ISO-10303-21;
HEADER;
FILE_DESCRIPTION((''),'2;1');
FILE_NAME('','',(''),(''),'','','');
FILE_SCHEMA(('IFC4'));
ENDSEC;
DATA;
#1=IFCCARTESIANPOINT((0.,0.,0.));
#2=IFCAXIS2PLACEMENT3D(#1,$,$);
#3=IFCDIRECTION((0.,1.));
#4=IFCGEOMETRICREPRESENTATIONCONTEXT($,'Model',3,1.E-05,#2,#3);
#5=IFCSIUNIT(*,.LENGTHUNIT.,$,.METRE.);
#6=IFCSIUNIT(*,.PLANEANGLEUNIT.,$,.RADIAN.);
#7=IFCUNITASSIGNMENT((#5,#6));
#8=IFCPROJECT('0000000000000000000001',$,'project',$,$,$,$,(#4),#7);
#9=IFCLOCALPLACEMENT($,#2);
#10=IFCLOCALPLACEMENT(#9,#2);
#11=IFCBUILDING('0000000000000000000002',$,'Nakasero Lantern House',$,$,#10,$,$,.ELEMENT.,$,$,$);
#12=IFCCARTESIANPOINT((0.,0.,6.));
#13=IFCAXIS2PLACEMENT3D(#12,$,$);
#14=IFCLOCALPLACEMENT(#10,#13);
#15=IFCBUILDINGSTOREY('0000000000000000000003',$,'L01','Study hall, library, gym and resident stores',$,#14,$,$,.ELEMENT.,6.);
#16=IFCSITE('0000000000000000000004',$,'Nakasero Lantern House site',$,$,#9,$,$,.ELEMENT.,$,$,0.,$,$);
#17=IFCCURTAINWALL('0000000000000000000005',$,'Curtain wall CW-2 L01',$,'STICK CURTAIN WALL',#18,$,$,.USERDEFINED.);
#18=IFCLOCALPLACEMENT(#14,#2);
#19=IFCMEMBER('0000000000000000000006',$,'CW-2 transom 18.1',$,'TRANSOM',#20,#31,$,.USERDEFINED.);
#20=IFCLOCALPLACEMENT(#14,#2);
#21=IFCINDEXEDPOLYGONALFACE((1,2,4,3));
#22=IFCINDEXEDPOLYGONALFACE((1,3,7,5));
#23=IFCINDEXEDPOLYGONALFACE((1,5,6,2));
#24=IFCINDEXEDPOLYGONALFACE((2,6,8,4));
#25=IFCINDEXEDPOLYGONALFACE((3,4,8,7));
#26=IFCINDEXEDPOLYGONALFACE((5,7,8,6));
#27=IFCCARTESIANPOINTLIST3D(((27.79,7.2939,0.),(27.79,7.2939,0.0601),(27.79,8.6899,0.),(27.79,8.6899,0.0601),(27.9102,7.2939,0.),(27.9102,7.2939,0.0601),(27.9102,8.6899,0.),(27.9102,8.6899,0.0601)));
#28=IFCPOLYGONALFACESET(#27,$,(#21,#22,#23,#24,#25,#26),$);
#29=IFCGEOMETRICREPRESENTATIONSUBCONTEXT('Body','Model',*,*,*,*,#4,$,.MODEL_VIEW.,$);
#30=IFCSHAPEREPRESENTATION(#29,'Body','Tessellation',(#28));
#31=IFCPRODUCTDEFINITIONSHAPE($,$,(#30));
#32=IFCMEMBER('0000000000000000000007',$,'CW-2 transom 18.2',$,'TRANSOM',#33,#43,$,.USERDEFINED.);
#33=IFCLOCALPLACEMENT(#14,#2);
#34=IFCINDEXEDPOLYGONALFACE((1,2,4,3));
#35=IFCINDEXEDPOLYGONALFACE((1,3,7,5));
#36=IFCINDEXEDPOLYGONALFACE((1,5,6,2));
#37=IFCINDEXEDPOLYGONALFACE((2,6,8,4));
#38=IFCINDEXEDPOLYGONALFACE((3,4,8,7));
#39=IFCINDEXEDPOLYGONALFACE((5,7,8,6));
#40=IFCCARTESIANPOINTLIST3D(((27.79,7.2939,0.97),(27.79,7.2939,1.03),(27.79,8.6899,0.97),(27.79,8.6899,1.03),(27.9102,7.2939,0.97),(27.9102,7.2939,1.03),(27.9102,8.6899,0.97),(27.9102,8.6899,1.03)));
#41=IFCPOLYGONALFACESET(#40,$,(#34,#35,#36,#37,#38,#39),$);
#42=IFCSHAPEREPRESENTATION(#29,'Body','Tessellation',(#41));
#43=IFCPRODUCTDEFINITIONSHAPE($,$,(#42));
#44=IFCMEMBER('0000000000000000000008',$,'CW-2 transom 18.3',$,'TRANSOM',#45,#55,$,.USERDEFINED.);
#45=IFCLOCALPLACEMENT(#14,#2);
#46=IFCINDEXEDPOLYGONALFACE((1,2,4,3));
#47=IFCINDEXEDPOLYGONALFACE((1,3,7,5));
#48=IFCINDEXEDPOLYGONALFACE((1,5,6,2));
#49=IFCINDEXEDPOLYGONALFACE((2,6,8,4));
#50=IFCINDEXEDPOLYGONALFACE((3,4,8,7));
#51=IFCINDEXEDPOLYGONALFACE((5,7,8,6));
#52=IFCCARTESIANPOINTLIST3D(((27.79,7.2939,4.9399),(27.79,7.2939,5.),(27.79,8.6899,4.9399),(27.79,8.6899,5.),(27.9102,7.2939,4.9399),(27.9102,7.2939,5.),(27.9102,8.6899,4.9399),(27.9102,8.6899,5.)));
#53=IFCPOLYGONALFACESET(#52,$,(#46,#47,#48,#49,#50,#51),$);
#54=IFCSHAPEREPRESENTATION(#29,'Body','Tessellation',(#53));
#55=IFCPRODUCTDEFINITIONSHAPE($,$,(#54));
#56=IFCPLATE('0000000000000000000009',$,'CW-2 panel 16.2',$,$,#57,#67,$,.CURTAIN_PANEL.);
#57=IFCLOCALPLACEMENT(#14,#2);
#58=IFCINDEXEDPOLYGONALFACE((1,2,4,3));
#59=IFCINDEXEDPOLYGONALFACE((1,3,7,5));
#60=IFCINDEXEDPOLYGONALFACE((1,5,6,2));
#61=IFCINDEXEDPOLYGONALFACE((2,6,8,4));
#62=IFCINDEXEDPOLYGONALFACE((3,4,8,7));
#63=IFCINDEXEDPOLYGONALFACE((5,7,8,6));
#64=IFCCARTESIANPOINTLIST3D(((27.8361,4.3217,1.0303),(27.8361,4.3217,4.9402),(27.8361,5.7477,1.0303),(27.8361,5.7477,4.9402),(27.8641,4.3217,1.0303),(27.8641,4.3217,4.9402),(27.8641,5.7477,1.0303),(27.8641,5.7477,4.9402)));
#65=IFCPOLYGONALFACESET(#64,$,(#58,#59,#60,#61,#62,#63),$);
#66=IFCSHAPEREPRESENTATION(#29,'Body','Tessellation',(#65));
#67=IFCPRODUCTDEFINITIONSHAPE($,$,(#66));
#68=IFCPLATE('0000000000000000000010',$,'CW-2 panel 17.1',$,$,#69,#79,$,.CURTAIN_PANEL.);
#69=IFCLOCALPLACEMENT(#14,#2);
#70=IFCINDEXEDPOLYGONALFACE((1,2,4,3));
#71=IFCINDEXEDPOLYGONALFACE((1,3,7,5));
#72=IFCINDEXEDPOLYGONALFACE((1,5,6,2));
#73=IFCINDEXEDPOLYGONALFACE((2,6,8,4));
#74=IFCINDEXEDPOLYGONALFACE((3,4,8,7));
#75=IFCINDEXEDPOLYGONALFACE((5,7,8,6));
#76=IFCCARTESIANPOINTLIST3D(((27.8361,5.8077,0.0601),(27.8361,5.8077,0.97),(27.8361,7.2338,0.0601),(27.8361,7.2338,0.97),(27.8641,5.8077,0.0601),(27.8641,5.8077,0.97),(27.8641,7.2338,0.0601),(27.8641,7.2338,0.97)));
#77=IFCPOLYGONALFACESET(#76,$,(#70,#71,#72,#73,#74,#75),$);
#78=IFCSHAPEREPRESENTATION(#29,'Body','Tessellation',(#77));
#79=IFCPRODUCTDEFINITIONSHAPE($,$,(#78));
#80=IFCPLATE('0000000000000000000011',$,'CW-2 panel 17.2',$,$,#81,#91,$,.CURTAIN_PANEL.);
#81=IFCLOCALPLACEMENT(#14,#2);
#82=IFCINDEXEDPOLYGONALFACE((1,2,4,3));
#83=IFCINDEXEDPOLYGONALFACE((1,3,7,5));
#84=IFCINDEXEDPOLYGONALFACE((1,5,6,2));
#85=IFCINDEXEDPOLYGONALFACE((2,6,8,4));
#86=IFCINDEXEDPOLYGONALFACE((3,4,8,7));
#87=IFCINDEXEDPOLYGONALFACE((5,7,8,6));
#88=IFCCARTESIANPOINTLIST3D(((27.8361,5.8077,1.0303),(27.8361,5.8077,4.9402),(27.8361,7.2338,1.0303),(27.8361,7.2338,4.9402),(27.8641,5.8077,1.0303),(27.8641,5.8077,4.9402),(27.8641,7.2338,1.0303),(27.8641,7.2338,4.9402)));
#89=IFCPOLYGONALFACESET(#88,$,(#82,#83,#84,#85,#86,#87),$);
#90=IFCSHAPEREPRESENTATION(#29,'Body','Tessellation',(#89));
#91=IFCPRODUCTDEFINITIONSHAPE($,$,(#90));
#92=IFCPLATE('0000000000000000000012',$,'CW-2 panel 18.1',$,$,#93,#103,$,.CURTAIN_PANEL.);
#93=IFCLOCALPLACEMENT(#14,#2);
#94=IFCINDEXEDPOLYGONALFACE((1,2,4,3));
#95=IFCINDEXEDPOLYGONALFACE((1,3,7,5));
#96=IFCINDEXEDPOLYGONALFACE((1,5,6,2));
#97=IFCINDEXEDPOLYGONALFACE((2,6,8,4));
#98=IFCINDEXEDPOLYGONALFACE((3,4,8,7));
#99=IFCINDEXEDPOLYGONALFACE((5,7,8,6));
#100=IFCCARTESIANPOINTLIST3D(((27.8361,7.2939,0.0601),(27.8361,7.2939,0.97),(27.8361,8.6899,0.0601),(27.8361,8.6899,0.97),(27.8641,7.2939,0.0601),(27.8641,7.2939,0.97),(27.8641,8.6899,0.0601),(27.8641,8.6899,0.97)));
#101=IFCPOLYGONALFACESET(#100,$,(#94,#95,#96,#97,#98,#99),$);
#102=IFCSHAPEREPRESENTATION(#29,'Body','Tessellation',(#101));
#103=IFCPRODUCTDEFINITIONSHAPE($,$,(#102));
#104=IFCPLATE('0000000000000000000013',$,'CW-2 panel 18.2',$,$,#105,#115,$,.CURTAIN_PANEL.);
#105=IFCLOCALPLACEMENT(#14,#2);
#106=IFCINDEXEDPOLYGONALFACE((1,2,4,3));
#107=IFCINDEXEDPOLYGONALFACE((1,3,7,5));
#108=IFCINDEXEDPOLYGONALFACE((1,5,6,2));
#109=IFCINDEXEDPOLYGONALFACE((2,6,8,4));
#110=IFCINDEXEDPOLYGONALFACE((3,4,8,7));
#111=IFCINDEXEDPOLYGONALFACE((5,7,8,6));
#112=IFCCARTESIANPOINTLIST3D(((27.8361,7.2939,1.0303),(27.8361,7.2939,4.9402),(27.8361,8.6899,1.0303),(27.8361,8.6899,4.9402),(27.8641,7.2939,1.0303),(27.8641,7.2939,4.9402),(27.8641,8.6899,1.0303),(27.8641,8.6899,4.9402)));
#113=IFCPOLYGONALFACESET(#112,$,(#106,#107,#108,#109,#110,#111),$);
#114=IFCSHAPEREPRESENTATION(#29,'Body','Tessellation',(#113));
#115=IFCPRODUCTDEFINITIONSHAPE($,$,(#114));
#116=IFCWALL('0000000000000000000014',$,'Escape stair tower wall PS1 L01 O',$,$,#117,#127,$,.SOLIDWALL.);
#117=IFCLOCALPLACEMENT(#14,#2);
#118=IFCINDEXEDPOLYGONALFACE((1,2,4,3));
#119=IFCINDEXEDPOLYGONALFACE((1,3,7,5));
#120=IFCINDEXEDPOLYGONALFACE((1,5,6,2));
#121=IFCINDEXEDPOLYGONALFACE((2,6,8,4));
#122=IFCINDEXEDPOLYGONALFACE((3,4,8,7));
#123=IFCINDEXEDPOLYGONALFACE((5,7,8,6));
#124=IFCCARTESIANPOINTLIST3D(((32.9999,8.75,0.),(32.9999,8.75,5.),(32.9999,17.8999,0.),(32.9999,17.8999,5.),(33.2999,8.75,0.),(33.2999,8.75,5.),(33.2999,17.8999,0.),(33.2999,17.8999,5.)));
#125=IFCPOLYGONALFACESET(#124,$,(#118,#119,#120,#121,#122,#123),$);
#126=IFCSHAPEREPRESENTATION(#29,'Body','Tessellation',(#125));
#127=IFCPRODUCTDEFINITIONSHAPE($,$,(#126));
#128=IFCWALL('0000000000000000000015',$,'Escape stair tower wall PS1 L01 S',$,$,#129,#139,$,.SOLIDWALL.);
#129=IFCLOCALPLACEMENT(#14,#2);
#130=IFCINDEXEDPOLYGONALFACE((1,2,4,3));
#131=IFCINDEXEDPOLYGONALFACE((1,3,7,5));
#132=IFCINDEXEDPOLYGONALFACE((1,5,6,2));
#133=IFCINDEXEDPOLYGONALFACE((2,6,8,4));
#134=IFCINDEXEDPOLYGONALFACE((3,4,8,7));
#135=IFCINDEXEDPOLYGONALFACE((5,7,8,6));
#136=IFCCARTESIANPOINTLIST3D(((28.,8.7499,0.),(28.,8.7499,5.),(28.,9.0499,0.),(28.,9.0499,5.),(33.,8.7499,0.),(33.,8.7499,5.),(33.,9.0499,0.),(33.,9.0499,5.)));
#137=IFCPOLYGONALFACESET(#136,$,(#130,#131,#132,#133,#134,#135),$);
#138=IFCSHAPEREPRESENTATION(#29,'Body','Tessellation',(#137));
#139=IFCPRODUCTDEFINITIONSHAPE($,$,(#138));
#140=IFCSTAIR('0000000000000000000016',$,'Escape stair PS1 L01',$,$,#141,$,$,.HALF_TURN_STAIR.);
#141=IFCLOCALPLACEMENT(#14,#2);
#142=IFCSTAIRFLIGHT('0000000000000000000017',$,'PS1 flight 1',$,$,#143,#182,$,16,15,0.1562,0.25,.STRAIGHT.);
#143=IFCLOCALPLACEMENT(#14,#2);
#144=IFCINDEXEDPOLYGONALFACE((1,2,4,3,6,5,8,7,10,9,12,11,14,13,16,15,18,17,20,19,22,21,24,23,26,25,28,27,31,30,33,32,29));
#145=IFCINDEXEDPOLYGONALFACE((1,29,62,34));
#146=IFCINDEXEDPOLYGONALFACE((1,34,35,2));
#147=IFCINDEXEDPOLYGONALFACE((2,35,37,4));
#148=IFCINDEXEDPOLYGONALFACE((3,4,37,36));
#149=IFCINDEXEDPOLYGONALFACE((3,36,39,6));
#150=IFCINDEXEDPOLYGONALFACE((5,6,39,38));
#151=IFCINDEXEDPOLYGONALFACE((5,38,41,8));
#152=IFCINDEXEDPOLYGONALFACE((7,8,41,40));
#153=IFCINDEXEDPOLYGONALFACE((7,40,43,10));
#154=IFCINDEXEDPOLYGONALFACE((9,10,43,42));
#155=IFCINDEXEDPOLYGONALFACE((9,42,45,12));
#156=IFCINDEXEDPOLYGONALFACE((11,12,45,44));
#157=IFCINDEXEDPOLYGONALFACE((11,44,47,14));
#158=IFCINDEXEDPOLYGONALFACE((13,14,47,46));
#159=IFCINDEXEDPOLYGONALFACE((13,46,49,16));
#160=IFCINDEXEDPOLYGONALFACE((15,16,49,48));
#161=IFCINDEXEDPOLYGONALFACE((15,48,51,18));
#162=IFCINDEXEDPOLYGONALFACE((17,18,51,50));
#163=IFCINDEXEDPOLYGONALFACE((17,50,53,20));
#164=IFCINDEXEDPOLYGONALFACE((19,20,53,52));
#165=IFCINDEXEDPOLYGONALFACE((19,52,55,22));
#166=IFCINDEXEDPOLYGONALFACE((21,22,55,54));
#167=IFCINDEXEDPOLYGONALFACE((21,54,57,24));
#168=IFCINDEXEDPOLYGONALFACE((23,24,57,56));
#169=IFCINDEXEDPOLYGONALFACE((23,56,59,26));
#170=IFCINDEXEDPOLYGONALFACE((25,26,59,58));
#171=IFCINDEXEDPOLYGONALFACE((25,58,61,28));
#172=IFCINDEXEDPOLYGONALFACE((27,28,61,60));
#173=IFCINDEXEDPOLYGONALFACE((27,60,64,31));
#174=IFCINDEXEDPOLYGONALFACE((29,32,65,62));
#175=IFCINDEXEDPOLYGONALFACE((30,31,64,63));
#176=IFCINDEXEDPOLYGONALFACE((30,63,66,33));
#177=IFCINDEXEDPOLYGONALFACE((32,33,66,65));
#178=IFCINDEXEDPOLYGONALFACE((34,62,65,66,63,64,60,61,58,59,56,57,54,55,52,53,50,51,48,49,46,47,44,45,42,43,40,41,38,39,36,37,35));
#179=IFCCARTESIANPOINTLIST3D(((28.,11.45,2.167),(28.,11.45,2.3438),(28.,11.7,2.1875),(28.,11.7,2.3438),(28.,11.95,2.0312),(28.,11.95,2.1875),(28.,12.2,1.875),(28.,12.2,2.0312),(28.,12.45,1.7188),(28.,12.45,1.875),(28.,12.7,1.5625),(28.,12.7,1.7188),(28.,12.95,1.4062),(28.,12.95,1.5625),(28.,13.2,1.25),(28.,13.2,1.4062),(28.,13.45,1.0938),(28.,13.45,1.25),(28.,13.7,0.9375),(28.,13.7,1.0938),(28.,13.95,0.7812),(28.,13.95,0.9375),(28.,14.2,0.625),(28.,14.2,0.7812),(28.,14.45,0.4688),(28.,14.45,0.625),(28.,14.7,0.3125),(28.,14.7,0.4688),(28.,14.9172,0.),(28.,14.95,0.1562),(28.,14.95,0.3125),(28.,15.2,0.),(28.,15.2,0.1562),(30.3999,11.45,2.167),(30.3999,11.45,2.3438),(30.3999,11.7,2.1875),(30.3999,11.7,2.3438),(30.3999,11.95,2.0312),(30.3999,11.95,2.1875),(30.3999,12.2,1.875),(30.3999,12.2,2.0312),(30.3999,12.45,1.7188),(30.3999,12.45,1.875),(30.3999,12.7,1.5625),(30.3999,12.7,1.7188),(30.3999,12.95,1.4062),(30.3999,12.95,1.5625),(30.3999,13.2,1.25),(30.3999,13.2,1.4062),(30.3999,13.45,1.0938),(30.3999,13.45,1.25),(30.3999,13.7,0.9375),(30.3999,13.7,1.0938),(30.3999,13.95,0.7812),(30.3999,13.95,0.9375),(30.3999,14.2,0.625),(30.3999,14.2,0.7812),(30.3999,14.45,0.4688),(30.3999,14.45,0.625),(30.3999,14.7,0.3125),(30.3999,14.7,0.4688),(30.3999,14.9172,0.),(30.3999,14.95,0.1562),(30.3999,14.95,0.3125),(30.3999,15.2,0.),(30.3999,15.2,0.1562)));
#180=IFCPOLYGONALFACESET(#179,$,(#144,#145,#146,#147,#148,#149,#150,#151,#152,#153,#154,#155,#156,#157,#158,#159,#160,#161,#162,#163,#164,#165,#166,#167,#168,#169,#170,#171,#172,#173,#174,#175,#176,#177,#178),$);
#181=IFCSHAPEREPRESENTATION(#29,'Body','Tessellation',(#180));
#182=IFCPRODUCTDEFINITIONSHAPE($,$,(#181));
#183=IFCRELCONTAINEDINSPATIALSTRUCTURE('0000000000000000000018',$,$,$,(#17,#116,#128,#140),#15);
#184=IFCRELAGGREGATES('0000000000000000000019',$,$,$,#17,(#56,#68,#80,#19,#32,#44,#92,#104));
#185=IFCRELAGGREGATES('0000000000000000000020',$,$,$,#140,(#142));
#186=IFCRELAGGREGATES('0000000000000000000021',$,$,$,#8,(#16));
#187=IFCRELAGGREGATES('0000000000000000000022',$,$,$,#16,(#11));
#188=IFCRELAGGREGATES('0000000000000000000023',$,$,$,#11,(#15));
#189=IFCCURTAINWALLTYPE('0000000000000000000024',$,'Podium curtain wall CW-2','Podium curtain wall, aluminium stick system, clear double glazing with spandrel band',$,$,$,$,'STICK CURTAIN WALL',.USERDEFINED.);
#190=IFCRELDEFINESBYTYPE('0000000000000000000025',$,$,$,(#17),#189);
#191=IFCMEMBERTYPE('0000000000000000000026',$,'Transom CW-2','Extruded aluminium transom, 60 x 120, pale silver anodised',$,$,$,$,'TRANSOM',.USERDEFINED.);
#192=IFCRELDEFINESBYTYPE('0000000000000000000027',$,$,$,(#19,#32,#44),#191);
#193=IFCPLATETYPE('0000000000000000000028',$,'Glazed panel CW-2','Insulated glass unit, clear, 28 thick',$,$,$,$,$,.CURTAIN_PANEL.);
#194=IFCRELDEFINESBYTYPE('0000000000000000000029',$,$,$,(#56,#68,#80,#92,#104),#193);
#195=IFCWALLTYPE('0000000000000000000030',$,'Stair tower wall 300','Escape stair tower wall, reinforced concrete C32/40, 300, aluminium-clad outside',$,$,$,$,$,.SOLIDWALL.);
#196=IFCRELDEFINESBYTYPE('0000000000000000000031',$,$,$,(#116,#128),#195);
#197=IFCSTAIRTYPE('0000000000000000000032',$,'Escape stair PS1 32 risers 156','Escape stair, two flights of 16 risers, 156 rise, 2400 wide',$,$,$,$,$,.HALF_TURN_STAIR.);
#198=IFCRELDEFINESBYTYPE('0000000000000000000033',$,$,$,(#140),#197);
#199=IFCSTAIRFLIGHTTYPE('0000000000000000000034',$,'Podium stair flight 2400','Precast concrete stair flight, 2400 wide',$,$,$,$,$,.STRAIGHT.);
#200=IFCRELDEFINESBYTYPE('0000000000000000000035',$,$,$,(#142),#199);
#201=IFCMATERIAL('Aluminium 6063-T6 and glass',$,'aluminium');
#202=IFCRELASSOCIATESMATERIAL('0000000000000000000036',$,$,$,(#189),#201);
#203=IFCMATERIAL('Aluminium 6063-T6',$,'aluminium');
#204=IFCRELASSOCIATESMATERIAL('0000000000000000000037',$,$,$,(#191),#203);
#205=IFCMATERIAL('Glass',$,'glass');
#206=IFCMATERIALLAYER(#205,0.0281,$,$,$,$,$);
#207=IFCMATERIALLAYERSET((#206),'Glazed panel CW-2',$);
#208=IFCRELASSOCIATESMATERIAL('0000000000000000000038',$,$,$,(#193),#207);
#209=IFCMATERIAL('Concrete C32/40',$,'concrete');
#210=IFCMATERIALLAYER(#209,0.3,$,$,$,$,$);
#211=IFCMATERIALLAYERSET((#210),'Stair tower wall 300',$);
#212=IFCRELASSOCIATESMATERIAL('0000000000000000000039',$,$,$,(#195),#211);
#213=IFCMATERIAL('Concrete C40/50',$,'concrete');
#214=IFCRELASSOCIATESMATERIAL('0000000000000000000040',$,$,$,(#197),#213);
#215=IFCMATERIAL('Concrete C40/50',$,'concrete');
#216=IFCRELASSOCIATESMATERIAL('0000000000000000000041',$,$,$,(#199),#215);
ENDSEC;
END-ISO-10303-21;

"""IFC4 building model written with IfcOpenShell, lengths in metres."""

from ifc_helpers import new_model, si_unit, direction, frame, frame_2d, origin, origin_2d, place, context, subcontext, project, spatial, polyline, rectangle, outline, extrude, material, layer, layer_set, material_profile, profile_set, type_object, element, aggregate, save


model = new_model("IFC4")

# Units and contexts
model_context = context("Model", 3, precision=1e-05, world=origin(), true_north=direction((0.0, 1.0)))
body_context = subcontext(model_context, "Body", "Model", "MODEL_VIEW")
ifc_project = project(units=[si_unit("LENGTHUNIT", "METRE"), si_unit("PLANEANGLEUNIT", "RADIAN")], contexts=[model_context])

# Site, building, storey
site_placement = place(None, origin())
site = spatial("IfcSite", under=ifc_project, at=site_placement, Name="Nakasero Lantern House site", CompositionType="ELEMENT", RefElevation=0.0)
building_placement = place(site_placement, origin())
building = spatial("IfcBuilding", under=site, at=building_placement, Name="Nakasero Lantern House", CompositionType="ELEMENT")
storey_placement = place(building_placement, frame((0.0, 0.0, 6.0)))
storey = spatial("IfcBuildingStorey", under=building, at=storey_placement, Name="L01", Description="Study hall, library, gym and resident stores", CompositionType="ELEMENT", Elevation=6.0)

# Curtain wall
ifc_material_1 = material(Name="Aluminium 6063-T6 and glass", Category="aluminium")
curtain_wall_type = type_object("IfcCurtainWallType", Name="Podium curtain wall CW-2", Description="Podium curtain wall, aluminium stick system, clear double glazing with spandrel band", ElementType="STICK CURTAIN WALL", PredefinedType="USERDEFINED", material=ifc_material_1)
curtain_wall_placement = place(storey_placement, origin())
curtain_wall = element("IfcCurtainWall", 1, at=curtain_wall_placement, inside=storey, type_object=curtain_wall_type, Name="Curtain wall CW-2 L01", ObjectType="STICK CURTAIN WALL", PredefinedType="USERDEFINED")

# Members
ifc_material_2 = material(Name="Aluminium 6063-T6", Category="aluminium")
ifc_material_profile_1 = material_profile(ifc_material_2, rectangle(XDim=0.0601, YDim=0.1201, at=origin_2d()), Name="CW-2 transom 60x120")
ifc_profile_set_1 = profile_set([ifc_material_profile_1], Name="Aluminium 6063-T6")
member_type_1 = type_object("IfcMemberType", Name="Transom CW-2", Description="Extruded aluminium transom, 60 x 120, pale silver anodised", ElementType="TRANSOM", PredefinedType="USERDEFINED", material=ifc_profile_set_1)
member_1_placement = place(storey_placement, frame((27.8501, 7.2939, 0.03), z_axis=(0.0, 1.0, 0.0), x_axis=(0.0, 0.0, 1.0)))
member_1 = element("IfcMember", 2, at=member_1_placement, type_object=member_type_1, Name="CW-2 transom 18.1", ObjectType="TRANSOM", PredefinedType="USERDEFINED", context=body_context, shape_type="SweptSolid", body=[
    extrude(rectangle(XDim=0.0601, YDim=0.1201, at=origin_2d()), origin(), (0.0, 0.0, 1.0), 1.396),
])
member_2_placement = place(storey_placement, frame((27.8501, 7.2939, 1.0), z_axis=(0.0, 1.0, 0.0), x_axis=(0.0, 0.0, 1.0)))
member_2 = element("IfcMember", 3, at=member_2_placement, type_object=member_type_1, Name="CW-2 transom 18.2", ObjectType="TRANSOM", PredefinedType="USERDEFINED", context=body_context, shape_type="SweptSolid", body=[
    extrude(rectangle(XDim=0.0601, YDim=0.1201, at=origin_2d()), origin(), (0.0, 0.0, 1.0), 1.396),
])
member_3_placement = place(storey_placement, frame((27.8501, 7.2939, 4.97), z_axis=(0.0, 1.0, 0.0), x_axis=(0.0, 0.0, 1.0)))
member_3 = element("IfcMember", 4, at=member_3_placement, type_object=member_type_1, Name="CW-2 transom 18.3", ObjectType="TRANSOM", PredefinedType="USERDEFINED", context=body_context, shape_type="SweptSolid", body=[
    extrude(rectangle(XDim=0.0601, YDim=0.1201, at=origin_2d()), origin(), (0.0, 0.0, 1.0), 1.396),
])

# Plates
ifc_material_3 = material(Name="Glass", Category="glass")
ifc_layer_1 = layer(ifc_material_3, 0.0281)
ifc_layer_set_1 = layer_set([ifc_layer_1], Name="Glazed panel CW-2")
plate_type = type_object("IfcPlateType", Name="Glazed panel CW-2", Description="Insulated glass unit, clear, 28 thick", PredefinedType="CURTAIN_PANEL", material=ifc_layer_set_1)
plate_1_placement = place(storey_placement, frame((27.8501, 5.0347, 1.0303), z_axis=(0.0, 0.0, 1.0), x_axis=(0.0, 1.0, 0.0)))
plate_1 = element("IfcPlate", 5, at=plate_1_placement, type_object=plate_type, Name="CW-2 panel 16.2", PredefinedType="CURTAIN_PANEL", context=body_context, shape_type="SweptSolid", body=[
    extrude(rectangle(XDim=1.426, YDim=0.0281, at=origin_2d()), origin(), (0.0, 0.0, 1.0), 3.9099),
])
plate_2_placement = place(storey_placement, frame((27.8501, 6.5208, 0.0601), z_axis=(0.0, 0.0, 1.0), x_axis=(0.0, 1.0, 0.0)))
plate_2 = element("IfcPlate", 6, at=plate_2_placement, type_object=plate_type, Name="CW-2 panel 17.1", PredefinedType="CURTAIN_PANEL", context=body_context, shape_type="SweptSolid", body=[
    extrude(rectangle(XDim=1.426, YDim=0.0281, at=origin_2d()), origin(), (0.0, 0.0, 1.0), 0.9099),
])
plate_3_placement = place(storey_placement, frame((27.8501, 6.5208, 1.0303), z_axis=(0.0, 0.0, 1.0), x_axis=(0.0, 1.0, 0.0)))
plate_3 = element("IfcPlate", 7, at=plate_3_placement, type_object=plate_type, Name="CW-2 panel 17.2", PredefinedType="CURTAIN_PANEL", context=body_context, shape_type="SweptSolid", body=[
    extrude(rectangle(XDim=1.426, YDim=0.0281, at=origin_2d()), origin(), (0.0, 0.0, 1.0), 3.9099),
])
plate_4_placement = place(storey_placement, frame((27.8501, 7.9919, 0.0601), z_axis=(0.0, 0.0, 1.0), x_axis=(0.0, 1.0, 0.0)))
plate_4 = element("IfcPlate", 8, at=plate_4_placement, type_object=plate_type, Name="CW-2 panel 18.1", PredefinedType="CURTAIN_PANEL", context=body_context, shape_type="SweptSolid", body=[
    extrude(rectangle(XDim=1.396, YDim=0.0281, at=origin_2d()), origin(), (0.0, 0.0, 1.0), 0.9099),
])
plate_5_placement = place(storey_placement, frame((27.8501, 7.9919, 1.0303), z_axis=(0.0, 0.0, 1.0), x_axis=(0.0, 1.0, 0.0)))
plate_5 = element("IfcPlate", 9, at=plate_5_placement, type_object=plate_type, Name="CW-2 panel 18.2", PredefinedType="CURTAIN_PANEL", context=body_context, shape_type="SweptSolid", body=[
    extrude(rectangle(XDim=1.396, YDim=0.0281, at=origin_2d()), origin(), (0.0, 0.0, 1.0), 3.9099),
])
aggregate(curtain_wall, [plate_1, plate_2, plate_3, member_1, member_2, member_3, plate_4, plate_5])

# Walls
ifc_material_4 = material(Name="Concrete C32/40", Category="concrete")
ifc_layer_2 = layer(ifc_material_4, 0.3)
ifc_layer_set_2 = layer_set([ifc_layer_2], Name="Stair tower wall 300")
wall_type_1 = type_object("IfcWallType", Name="Stair tower wall 300", Description="Escape stair tower wall, reinforced concrete C32/40, 300, aluminium-clad outside", PredefinedType="SOLIDWALL", material=ifc_layer_set_2)
wall_1_placement = place(storey_placement, frame((33.1499, 8.75, 0.0), z_axis=(0.0, 0.0, 1.0), x_axis=(0.0, 1.0, 0.0)))
element("IfcWall", 10, at=wall_1_placement, inside=storey, type_object=wall_type_1, Name="Escape stair tower wall PS1 L01 O", PredefinedType="SOLIDWALL", context=body_context, shape_type="SweptSolid", body=[
    extrude(rectangle(XDim=9.1499, YDim=0.3, at=frame_2d((4.575, 0.0))), origin(), (0.0, 0.0, 1.0), 5.0),
])
wall_2_placement = place(storey_placement, frame((28.0, 8.8999, 0.0), z_axis=(0.0, 0.0, 1.0), x_axis=(1.0, 0.0, 0.0)))
element("IfcWall", 11, at=wall_2_placement, inside=storey, type_object=wall_type_1, Name="Escape stair tower wall PS1 L01 S", PredefinedType="SOLIDWALL", context=body_context, shape_type="SweptSolid", body=[
    extrude(rectangle(XDim=5.0, YDim=0.3, at=frame_2d((2.5, 0.0))), origin(), (0.0, 0.0, 1.0), 5.0),
])

# Stair, stair flight
ifc_material_5 = material(Name="Concrete C40/50", Category="concrete")
stair_type = type_object("IfcStairType", Name="Escape stair PS1 32 risers 156", Description="Escape stair, two flights of 16 risers, 156 rise, 2400 wide", PredefinedType="HALF_TURN_STAIR", material=ifc_material_5)
stair_placement = place(storey_placement, origin())
stair = element("IfcStair", 12, at=stair_placement, inside=storey, type_object=stair_type, Name="Escape stair PS1 L01", PredefinedType="HALF_TURN_STAIR")
ifc_material_6 = material(Name="Concrete C40/50", Category="concrete")
stair_flight_type = type_object("IfcStairFlightType", Name="Podium stair flight 2400", Description="Precast concrete stair flight, 2400 wide", PredefinedType="STRAIGHT", material=ifc_material_6)
stair_flight_1_placement = place(storey_placement, frame((29.2, 15.2, 0.0), z_axis=(0.0, 0.0, 1.0), x_axis=(0.0, -1.0, 0.0)))
stair_flight_1 = element("IfcStairFlight", 13, at=stair_flight_1_placement, type_object=stair_flight_type, Name="PS1 flight 1", NumberOfRisers=16, NumberOfTreads=15, PredefinedType="STRAIGHT", RiserHeight=0.1562, TreadLength=0.25, context=body_context, shape_type="SweptSolid", body=[
    extrude(outline(polyline([(0.0, 0.0), (0.0, 0.1562), (0.25, 0.1562), (0.25, 0.3125), (0.5, 0.3125), (0.5, 0.4688), (0.75, 0.4688), (0.75, 0.625), (1.0, 0.625), (1.0, 0.7812), (1.25, 0.7812), (1.25, 0.9375), (1.5, 0.9375), (1.5, 1.0938), (1.75, 1.0938), (1.75, 1.25), (2.0, 1.25), (2.0, 1.4062), (2.25, 1.4062), (2.25, 1.5625), (2.5, 1.5625), (2.5, 1.7188), (2.75, 1.7188), (2.75, 1.875), (3.0, 1.875), (3.0, 2.0312), (3.25, 2.0312), (3.25, 2.1875), (3.5, 2.1875), (3.5, 2.3438), (3.75, 2.3438), (3.75, 2.5), (3.75, 2.167), (0.2827, 0.0), (0.0, 0.0)])), frame((0.0, 1.2, 0.0), z_axis=(0.0, -1.0, 0.0), x_axis=(1.0, 0.0, 0.0)), (0.0, 0.0, 1.0), 2.3999),
])
aggregate(stair, [stair_flight_1])

save(model, "model.ifc")
